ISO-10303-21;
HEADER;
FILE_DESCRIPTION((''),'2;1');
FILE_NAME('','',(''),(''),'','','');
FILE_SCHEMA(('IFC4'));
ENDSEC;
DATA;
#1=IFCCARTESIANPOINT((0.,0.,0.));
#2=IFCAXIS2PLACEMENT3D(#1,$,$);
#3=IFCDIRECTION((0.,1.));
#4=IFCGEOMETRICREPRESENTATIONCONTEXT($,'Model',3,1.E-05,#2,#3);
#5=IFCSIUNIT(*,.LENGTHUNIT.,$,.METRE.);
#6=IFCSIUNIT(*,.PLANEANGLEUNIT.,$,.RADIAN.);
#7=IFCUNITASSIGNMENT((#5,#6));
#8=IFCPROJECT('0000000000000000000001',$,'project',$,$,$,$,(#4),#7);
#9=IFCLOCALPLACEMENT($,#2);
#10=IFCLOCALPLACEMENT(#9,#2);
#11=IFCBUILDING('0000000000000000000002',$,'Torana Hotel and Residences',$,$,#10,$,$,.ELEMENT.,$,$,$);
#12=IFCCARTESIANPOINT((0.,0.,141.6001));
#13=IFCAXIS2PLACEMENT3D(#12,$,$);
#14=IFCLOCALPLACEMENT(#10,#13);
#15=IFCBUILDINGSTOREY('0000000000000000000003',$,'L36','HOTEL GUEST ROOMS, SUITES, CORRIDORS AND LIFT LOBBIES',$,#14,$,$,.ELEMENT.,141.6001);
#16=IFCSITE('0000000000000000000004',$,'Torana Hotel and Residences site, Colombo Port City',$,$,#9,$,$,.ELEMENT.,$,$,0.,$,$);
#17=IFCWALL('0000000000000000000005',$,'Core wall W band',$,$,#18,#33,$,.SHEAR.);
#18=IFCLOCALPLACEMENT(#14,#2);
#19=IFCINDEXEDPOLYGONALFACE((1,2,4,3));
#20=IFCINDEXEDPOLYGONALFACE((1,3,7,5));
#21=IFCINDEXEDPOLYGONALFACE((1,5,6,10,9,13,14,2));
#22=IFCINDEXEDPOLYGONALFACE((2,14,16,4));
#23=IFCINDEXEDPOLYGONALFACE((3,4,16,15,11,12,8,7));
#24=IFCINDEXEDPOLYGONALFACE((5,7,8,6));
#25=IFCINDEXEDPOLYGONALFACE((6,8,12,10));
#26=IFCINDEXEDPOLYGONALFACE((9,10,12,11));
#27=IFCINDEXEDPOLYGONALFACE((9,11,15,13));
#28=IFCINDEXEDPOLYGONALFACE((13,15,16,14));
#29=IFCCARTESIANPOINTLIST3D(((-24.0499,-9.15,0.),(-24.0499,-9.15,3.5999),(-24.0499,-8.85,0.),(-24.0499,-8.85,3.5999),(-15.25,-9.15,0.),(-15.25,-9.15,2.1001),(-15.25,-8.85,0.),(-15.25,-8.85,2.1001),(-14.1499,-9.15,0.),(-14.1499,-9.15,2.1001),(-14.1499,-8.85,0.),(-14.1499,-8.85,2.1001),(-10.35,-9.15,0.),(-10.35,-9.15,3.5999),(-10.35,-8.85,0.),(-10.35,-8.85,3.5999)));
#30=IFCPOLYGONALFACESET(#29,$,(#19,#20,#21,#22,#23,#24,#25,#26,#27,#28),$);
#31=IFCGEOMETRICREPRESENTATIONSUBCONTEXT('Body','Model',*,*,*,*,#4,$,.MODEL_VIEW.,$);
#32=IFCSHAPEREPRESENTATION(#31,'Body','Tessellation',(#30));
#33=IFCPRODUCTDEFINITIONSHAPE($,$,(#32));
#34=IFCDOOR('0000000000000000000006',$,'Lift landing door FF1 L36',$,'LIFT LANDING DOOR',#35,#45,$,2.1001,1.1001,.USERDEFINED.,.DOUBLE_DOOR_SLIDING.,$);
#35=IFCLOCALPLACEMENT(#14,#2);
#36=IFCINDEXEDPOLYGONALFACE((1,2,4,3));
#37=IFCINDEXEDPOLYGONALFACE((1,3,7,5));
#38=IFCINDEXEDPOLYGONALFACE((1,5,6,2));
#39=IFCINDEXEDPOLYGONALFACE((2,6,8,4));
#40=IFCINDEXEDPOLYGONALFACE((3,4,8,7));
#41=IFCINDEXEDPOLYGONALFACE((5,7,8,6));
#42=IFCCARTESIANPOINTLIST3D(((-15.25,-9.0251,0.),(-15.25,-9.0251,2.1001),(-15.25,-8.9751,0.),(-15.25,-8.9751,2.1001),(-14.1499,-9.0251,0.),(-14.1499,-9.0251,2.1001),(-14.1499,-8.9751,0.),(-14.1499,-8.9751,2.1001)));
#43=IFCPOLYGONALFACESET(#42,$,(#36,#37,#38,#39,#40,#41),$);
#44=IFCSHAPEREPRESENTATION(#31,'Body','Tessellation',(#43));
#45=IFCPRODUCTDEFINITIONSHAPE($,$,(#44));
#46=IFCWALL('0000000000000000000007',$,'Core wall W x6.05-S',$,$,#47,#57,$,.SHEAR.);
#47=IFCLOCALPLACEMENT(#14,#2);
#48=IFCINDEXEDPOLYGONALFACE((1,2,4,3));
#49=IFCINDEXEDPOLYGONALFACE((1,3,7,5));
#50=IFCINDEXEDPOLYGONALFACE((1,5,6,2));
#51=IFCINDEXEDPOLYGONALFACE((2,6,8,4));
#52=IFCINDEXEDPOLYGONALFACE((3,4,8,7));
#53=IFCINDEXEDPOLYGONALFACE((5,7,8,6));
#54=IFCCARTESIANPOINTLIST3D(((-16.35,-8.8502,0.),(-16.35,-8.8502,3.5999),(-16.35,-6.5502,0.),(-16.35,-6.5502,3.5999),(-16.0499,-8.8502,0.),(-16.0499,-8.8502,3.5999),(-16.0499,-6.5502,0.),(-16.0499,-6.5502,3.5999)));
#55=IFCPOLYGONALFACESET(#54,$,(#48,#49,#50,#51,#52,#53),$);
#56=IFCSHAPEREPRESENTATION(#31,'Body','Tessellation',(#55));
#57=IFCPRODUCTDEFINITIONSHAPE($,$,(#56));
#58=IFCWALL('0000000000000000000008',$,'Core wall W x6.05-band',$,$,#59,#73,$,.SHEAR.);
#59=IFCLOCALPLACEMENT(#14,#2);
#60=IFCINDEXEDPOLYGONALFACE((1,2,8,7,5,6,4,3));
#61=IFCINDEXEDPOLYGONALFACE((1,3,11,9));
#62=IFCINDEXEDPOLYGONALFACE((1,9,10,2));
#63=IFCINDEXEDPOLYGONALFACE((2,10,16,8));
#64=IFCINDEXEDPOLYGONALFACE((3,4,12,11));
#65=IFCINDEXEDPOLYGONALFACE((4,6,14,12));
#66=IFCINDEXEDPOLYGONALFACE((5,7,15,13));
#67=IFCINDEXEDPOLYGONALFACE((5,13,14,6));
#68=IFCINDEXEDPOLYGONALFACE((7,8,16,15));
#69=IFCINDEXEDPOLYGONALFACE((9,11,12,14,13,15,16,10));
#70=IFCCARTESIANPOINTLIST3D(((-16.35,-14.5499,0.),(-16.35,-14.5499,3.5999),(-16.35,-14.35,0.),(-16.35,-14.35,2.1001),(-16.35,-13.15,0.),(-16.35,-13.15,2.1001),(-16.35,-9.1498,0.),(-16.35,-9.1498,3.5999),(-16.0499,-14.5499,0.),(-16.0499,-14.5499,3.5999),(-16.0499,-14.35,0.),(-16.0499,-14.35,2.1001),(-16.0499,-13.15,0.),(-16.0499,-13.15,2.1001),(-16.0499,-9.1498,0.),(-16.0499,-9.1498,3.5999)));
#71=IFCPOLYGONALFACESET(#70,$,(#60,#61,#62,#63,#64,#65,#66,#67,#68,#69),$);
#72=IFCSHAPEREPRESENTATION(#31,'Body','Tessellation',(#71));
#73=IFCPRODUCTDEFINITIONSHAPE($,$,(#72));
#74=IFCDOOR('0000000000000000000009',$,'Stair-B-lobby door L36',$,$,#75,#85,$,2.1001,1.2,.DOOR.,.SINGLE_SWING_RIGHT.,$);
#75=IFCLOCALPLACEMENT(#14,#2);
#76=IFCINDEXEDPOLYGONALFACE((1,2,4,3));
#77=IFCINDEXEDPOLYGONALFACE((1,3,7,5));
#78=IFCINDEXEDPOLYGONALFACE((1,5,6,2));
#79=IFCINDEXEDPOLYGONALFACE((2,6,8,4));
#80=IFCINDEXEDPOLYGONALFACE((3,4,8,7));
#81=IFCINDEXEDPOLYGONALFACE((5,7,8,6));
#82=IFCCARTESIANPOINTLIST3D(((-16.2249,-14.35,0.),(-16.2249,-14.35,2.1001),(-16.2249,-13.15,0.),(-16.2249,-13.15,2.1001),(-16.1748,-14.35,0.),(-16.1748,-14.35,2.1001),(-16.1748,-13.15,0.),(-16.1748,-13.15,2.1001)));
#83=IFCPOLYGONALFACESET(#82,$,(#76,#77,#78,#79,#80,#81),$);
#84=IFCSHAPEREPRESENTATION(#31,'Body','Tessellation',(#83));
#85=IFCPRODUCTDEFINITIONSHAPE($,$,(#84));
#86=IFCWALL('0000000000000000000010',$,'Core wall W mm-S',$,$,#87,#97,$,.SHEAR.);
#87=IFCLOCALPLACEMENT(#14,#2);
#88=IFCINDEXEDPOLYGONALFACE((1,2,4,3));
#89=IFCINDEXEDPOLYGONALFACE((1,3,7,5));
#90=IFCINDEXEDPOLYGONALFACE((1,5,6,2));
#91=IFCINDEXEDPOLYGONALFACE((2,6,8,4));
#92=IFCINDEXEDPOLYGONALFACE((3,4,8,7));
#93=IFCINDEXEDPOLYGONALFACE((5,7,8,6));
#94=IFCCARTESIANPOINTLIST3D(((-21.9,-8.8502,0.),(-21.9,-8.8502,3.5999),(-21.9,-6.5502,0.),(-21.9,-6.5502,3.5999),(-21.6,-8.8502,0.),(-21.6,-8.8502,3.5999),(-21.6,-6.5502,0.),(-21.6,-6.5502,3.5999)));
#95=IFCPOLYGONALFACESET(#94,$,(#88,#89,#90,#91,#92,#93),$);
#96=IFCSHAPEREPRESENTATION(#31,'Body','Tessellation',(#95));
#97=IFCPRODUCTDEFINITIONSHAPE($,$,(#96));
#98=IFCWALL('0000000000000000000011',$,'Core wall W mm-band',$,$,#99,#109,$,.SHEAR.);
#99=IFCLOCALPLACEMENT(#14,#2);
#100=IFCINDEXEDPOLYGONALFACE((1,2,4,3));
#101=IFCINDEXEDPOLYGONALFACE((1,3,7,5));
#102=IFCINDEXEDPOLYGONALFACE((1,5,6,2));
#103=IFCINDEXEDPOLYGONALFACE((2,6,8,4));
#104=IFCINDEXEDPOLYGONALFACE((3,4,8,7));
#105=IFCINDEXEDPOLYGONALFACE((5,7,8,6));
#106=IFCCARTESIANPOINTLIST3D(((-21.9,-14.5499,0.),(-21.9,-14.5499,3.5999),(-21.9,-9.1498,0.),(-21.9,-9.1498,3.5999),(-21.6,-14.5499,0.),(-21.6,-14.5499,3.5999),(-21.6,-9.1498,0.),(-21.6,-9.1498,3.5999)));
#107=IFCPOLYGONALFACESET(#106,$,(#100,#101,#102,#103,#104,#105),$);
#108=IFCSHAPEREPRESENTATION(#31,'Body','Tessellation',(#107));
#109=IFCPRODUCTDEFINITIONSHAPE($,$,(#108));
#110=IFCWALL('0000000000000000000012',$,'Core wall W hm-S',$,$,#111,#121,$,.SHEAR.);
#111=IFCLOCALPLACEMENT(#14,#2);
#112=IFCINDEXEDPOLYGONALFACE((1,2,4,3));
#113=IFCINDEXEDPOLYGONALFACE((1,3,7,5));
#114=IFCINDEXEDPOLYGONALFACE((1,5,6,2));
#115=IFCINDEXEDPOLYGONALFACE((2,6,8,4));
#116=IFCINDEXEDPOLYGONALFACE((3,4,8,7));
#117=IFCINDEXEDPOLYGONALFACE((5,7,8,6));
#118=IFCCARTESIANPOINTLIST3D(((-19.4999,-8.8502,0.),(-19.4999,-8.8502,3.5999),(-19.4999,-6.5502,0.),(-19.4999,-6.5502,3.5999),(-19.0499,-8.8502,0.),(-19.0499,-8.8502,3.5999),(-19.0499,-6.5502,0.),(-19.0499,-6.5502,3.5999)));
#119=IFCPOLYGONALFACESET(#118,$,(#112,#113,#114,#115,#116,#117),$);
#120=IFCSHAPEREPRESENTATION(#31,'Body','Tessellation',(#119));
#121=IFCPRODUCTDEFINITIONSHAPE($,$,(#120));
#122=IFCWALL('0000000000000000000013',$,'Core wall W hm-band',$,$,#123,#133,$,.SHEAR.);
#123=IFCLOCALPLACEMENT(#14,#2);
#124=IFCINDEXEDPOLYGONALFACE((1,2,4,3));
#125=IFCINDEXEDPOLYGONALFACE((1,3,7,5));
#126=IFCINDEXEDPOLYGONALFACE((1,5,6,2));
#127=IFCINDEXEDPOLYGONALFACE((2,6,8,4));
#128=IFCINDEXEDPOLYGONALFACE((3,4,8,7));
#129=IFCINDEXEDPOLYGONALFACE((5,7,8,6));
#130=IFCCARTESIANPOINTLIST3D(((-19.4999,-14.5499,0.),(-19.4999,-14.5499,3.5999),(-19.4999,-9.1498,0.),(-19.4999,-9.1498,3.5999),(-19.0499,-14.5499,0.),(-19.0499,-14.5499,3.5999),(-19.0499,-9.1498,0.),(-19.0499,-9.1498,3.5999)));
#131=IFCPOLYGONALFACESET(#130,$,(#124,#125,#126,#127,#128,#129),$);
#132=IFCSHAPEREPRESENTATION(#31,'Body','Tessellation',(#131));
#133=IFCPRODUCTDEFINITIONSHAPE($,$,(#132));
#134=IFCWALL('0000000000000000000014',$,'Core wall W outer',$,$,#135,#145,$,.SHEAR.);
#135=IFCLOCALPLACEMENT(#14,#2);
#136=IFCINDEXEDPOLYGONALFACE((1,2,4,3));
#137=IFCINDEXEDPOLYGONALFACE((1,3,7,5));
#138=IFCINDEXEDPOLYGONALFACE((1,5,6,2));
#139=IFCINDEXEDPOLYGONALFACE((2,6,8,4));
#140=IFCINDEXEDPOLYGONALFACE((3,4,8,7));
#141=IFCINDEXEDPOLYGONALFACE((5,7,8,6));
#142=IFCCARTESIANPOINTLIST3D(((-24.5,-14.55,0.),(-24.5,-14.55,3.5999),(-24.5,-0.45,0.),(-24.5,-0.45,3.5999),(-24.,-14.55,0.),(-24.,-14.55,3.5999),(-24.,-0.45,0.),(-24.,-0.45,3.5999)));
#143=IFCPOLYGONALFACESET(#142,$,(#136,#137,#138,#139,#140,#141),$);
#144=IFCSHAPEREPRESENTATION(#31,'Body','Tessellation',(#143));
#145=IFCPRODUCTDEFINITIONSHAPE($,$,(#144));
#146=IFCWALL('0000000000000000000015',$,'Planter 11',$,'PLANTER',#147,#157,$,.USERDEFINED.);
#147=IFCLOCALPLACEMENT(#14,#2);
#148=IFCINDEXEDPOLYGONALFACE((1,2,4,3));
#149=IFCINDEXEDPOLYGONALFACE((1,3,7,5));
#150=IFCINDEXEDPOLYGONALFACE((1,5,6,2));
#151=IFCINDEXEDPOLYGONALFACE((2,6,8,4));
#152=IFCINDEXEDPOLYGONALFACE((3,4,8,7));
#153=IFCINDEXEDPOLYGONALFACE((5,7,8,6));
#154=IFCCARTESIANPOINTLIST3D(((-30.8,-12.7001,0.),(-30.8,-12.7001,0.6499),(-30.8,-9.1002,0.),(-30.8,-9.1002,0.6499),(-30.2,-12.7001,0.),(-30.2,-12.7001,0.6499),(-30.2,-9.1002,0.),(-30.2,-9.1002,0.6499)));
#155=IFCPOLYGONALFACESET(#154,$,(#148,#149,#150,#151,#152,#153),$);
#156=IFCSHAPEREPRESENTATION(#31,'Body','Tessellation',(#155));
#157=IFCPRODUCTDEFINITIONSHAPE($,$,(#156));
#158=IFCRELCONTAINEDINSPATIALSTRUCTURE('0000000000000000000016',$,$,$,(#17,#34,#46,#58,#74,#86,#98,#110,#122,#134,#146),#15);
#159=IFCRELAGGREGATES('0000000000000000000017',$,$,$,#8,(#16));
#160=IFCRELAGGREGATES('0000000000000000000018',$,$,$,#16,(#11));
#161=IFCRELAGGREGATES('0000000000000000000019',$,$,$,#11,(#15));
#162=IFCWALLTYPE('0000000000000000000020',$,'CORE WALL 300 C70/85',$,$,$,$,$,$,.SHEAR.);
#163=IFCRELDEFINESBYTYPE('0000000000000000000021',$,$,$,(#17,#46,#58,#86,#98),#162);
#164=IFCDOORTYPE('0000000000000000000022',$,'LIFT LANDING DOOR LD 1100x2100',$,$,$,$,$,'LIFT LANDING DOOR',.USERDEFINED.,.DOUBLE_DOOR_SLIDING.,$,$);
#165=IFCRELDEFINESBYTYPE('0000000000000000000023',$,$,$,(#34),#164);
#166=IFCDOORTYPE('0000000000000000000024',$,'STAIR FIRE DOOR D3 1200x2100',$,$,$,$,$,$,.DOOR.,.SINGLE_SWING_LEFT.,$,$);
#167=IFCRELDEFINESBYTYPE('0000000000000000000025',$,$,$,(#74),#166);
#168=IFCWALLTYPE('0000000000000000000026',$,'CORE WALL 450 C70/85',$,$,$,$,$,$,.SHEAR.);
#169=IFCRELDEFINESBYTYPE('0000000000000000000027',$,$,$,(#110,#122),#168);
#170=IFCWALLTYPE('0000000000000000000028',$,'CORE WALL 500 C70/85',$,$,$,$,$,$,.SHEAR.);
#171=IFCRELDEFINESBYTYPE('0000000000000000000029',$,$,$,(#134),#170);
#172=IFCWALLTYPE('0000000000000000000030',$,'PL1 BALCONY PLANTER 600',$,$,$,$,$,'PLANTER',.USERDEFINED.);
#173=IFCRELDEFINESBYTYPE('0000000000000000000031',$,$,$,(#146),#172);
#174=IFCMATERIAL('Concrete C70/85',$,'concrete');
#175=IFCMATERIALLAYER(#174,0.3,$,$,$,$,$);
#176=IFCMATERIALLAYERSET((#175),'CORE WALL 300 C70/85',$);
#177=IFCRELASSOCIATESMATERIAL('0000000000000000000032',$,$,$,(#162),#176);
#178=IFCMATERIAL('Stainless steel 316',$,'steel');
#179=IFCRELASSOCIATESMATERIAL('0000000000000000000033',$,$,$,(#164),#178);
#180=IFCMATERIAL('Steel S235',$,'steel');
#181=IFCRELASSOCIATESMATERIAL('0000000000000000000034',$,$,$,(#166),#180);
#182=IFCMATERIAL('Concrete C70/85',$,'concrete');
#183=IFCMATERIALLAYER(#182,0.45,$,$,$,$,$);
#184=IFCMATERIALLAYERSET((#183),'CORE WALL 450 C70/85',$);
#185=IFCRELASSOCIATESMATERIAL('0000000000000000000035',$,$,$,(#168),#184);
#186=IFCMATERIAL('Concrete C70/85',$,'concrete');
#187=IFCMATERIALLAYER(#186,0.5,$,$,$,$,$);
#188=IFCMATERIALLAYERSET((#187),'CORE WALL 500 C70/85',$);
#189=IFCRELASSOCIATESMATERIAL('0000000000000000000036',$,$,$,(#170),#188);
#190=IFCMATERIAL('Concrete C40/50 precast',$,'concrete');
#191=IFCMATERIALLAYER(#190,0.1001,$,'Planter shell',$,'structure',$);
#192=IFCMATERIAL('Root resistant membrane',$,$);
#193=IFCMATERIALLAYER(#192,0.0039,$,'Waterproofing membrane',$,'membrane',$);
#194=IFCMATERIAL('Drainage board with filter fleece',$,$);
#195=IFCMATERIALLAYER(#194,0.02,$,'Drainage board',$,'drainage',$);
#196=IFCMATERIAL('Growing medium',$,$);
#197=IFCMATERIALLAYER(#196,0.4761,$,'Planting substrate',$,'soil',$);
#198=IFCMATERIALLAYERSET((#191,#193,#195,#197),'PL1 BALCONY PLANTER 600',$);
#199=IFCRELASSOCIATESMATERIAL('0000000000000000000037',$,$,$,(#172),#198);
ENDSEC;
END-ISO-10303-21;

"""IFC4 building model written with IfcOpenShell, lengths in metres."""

from ifc_helpers import new_model, si_unit, direction, frame, frame_2d, origin, place, context, subcontext, project, spatial, rectangle, extrude, material, layer, layer_set, type_object, element, fill, save


model = new_model("IFC4")

# Units and contexts
model_context = context("Model", 3, precision=1e-05, world=origin(), true_north=direction((0.0, 1.0)))
body_context = subcontext(model_context, "Body", "Model", "MODEL_VIEW")
ifc_project = project(units=[si_unit("LENGTHUNIT", "METRE"), si_unit("PLANEANGLEUNIT", "RADIAN")], contexts=[model_context])

# Site, building, storey
site_placement = place(None, origin())
site = spatial("IfcSite", under=ifc_project, at=site_placement, Name="Torana Hotel and Residences site, Colombo Port City", CompositionType="ELEMENT", RefElevation=0.0)
building_placement = place(site_placement, origin())
building = spatial("IfcBuilding", under=site, at=building_placement, Name="Torana Hotel and Residences", CompositionType="ELEMENT")
storey_placement = place(building_placement, frame((0.0, 0.0, 141.6001)))
storey = spatial("IfcBuildingStorey", under=building, at=storey_placement, Name="L36", Description="HOTEL GUEST ROOMS, SUITES, CORRIDORS AND LIFT LOBBIES", CompositionType="ELEMENT", Elevation=141.6001)

# Wall, opening, door
ifc_material_1 = material(Name="Concrete C70/85", Category="concrete")
ifc_layer_1 = layer(ifc_material_1, 0.3)
ifc_layer_set_1 = layer_set([ifc_layer_1], Name="CORE WALL 300 C70/85")
wall_type_1 = type_object("IfcWallType", Name="CORE WALL 300 C70/85", PredefinedType="SHEAR", material=ifc_layer_set_1)
wall_1_placement = place(storey_placement, frame((-24.05, -9.0, 0.0), z_axis=(0.0, 0.0, 1.0), x_axis=(1.0, 0.0, 0.0)))
wall_1 = element("IfcWall", 1, at=wall_1_placement, inside=storey, type_object=wall_type_1, Name="Core wall W band", PredefinedType="SHEAR", context=body_context, shape_type="SweptSolid", body=[
    extrude(rectangle(XDim=13.7, YDim=0.3, at=frame_2d((6.8501, 0.0))), origin(), (0.0, 0.0, 1.0), 3.5999),
])
opening_1_placement = place(wall_1_placement, frame((8.8, 0.0, 0.0)))
opening_1 = element("IfcOpeningElement", 2, at=opening_1_placement, cuts=wall_1, PredefinedType="OPENING", context=body_context, shape_type="SweptSolid", body=[
    extrude(rectangle(XDim=1.1001, YDim=2.1001, at=frame_2d((0.55, 1.05))), frame((0.0, 0.1599, 0.0), z_axis=(0.0, -1.0, 0.0), x_axis=(1.0, 0.0, 0.0)), (0.0, 0.0, 1.0), 0.3201),
])
ifc_material_2 = material(Name="Stainless steel 316", Category="steel")
door_type_1 = type_object("IfcDoorType", Name="LIFT LANDING DOOR LD 1100x2100", ElementType="LIFT LANDING DOOR", OperationType="DOUBLE_DOOR_SLIDING", PredefinedType="USERDEFINED", material=ifc_material_2)
door_1_placement = place(opening_1_placement, origin())
door_1 = element("IfcDoor", 3, at=door_1_placement, inside=storey, type_object=door_type_1, Name="Lift landing door FF1 L36", ObjectType="LIFT LANDING DOOR", OperationType="DOUBLE_DOOR_SLIDING", OverallHeight=2.1001, OverallWidth=1.1001, PredefinedType="USERDEFINED", context=body_context, shape_type="SweptSolid", body=[
    extrude(rectangle(XDim=1.1001, YDim=2.1001, at=frame_2d((0.55, 1.05))), frame((0.0, 0.0249, 0.0), z_axis=(0.0, -1.0, 0.0), x_axis=(1.0, 0.0, 0.0)), (0.0, 0.0, 1.0), 0.05),
])
fill(opening_1, door_1)

# Wall
wall_2_placement = place(storey_placement, frame((-16.2, -8.8501, 0.0), z_axis=(0.0, 0.0, 1.0), x_axis=(0.0, 1.0, 0.0)))
element("IfcWall", 4, at=wall_2_placement, inside=storey, type_object=wall_type_1, Name="Core wall W x6.05-S", PredefinedType="SHEAR", context=body_context, shape_type="SweptSolid", body=[
    extrude(rectangle(XDim=2.3, YDim=0.3, at=frame_2d((1.1499, 0.0))), origin(), (0.0, 0.0, 1.0), 3.5999),
])

# Wall, opening, door
wall_3_placement = place(storey_placement, frame((-16.2, -14.55, 0.0), z_axis=(0.0, 0.0, 1.0), x_axis=(0.0, 1.0, 0.0)))
wall_3 = element("IfcWall", 5, at=wall_3_placement, inside=storey, type_object=wall_type_1, Name="Core wall W x6.05-band", PredefinedType="SHEAR", context=body_context, shape_type="SweptSolid", body=[
    extrude(rectangle(XDim=5.4001, YDim=0.3, at=frame_2d((2.7002, 0.0))), origin(), (0.0, 0.0, 1.0), 3.5999),
])
opening_2_placement = place(wall_3_placement, frame((0.2, 0.0, 0.0)))
opening_2 = element("IfcOpeningElement", 6, at=opening_2_placement, cuts=wall_3, PredefinedType="OPENING", context=body_context, shape_type="SweptSolid", body=[
    extrude(rectangle(XDim=1.2, YDim=2.1001, at=frame_2d((0.6001, 1.05))), frame((0.0, 0.1599, 0.0), z_axis=(0.0, -1.0, 0.0), x_axis=(1.0, 0.0, 0.0)), (0.0, 0.0, 1.0), 0.3201),
])
ifc_material_3 = material(Name="Steel S235", Category="steel")
door_type_2 = type_object("IfcDoorType", Name="STAIR FIRE DOOR D3 1200x2100", OperationType="SINGLE_SWING_LEFT", PredefinedType="DOOR", material=ifc_material_3)
door_2_placement = place(opening_2_placement, origin())
door_2 = element("IfcDoor", 7, at=door_2_placement, inside=storey, type_object=door_type_2, Name="Stair-B-lobby door L36", OperationType="SINGLE_SWING_RIGHT", OverallHeight=2.1001, OverallWidth=1.2, PredefinedType="DOOR", context=body_context, shape_type="SweptSolid", body=[
    extrude(rectangle(XDim=1.2, YDim=2.1001, at=frame_2d((0.6001, 1.05))), frame((0.0, 0.0249, 0.0), z_axis=(0.0, -1.0, 0.0), x_axis=(1.0, 0.0, 0.0)), (0.0, 0.0, 1.0), 0.05),
])
fill(opening_2, door_2)

# Walls
wall_4_placement = place(storey_placement, frame((-21.75, -8.8501, 0.0), z_axis=(0.0, 0.0, 1.0), x_axis=(0.0, 1.0, 0.0)))
element("IfcWall", 8, at=wall_4_placement, inside=storey, type_object=wall_type_1, Name="Core wall W mm-S", PredefinedType="SHEAR", context=body_context, shape_type="SweptSolid", body=[
    extrude(rectangle(XDim=2.3, YDim=0.3, at=frame_2d((1.1499, 0.0))), origin(), (0.0, 0.0, 1.0), 3.5999),
])
wall_5_placement = place(storey_placement, frame((-21.75, -14.55, 0.0), z_axis=(0.0, 0.0, 1.0), x_axis=(0.0, 1.0, 0.0)))
element("IfcWall", 9, at=wall_5_placement, inside=storey, type_object=wall_type_1, Name="Core wall W mm-band", PredefinedType="SHEAR", context=body_context, shape_type="SweptSolid", body=[
    extrude(rectangle(XDim=5.4001, YDim=0.3, at=frame_2d((2.7002, 0.0))), origin(), (0.0, 0.0, 1.0), 3.5999),
])
ifc_material_4 = material(Name="Concrete C70/85", Category="concrete")
ifc_layer_2 = layer(ifc_material_4, 0.45)
ifc_layer_set_2 = layer_set([ifc_layer_2], Name="CORE WALL 450 C70/85")
wall_type_2 = type_object("IfcWallType", Name="CORE WALL 450 C70/85", PredefinedType="SHEAR", material=ifc_layer_set_2)
wall_6_placement = place(storey_placement, frame((-19.2749, -8.8501, 0.0), z_axis=(0.0, 0.0, 1.0), x_axis=(0.0, 1.0, 0.0)))
element("IfcWall", 10, at=wall_6_placement, inside=storey, type_object=wall_type_2, Name="Core wall W hm-S", PredefinedType="SHEAR", context=body_context, shape_type="SweptSolid", body=[
    extrude(rectangle(XDim=2.3, YDim=0.45, at=frame_2d((1.1499, 0.0))), origin(), (0.0, 0.0, 1.0), 3.5999),
])
wall_7_placement = place(storey_placement, frame((-19.2749, -14.55, 0.0), z_axis=(0.0, 0.0, 1.0), x_axis=(0.0, 1.0, 0.0)))
element("IfcWall", 11, at=wall_7_placement, inside=storey, type_object=wall_type_2, Name="Core wall W hm-band", PredefinedType="SHEAR", context=body_context, shape_type="SweptSolid", body=[
    extrude(rectangle(XDim=5.4001, YDim=0.45, at=frame_2d((2.7002, 0.0))), origin(), (0.0, 0.0, 1.0), 3.5999),
])
ifc_material_5 = material(Name="Concrete C70/85", Category="concrete")
ifc_layer_3 = layer(ifc_material_5, 0.5)
ifc_layer_set_3 = layer_set([ifc_layer_3], Name="CORE WALL 500 C70/85")
wall_type_3 = type_object("IfcWallType", Name="CORE WALL 500 C70/85", PredefinedType="SHEAR", material=ifc_layer_set_3)
wall_8_placement = place(storey_placement, frame((-24.25, -14.55, 0.0), z_axis=(0.0, 0.0, 1.0), x_axis=(0.0, 1.0, 0.0)))
element("IfcWall", 12, at=wall_8_placement, inside=storey, type_object=wall_type_3, Name="Core wall W outer", PredefinedType="SHEAR", context=body_context, shape_type="SweptSolid", body=[
    extrude(rectangle(XDim=14.1001, YDim=0.5, at=frame_2d((7.05, 0.0))), origin(), (0.0, 0.0, 1.0), 3.5999),
])
ifc_material_6 = material(Name="Concrete C40/50 precast", Category="concrete")
ifc_layer_4 = layer(ifc_material_6, 0.1001, Name="Planter shell", Category="structure")
ifc_material_7 = material(Name="Root resistant membrane")
ifc_layer_5 = layer(ifc_material_7, 0.0039, Name="Waterproofing membrane", Category="membrane")
ifc_material_8 = material(Name="Drainage board with filter fleece")
ifc_layer_6 = layer(ifc_material_8, 0.02, Name="Drainage board", Category="drainage")
ifc_material_9 = material(Name="Growing medium")
ifc_layer_7 = layer(ifc_material_9, 0.4761, Name="Planting substrate", Category="soil")
ifc_layer_set_4 = layer_set([ifc_layer_4, ifc_layer_5, ifc_layer_6, ifc_layer_7], Name="PL1 BALCONY PLANTER 600")
wall_type_4 = type_object("IfcWallType", Name="PL1 BALCONY PLANTER 600", ElementType="PLANTER", PredefinedType="USERDEFINED", material=ifc_layer_set_4)
wall_9_placement = place(storey_placement, frame((-30.5, -12.7, 0.0), z_axis=(0.0, 0.0, 1.0), x_axis=(0.0, 1.0, 0.0)))
element("IfcWall", 13, at=wall_9_placement, inside=storey, type_object=wall_type_4, Name="Planter 11", ObjectType="PLANTER", PredefinedType="USERDEFINED", context=body_context, shape_type="SweptSolid", body=[
    extrude(rectangle(XDim=3.5999, YDim=0.6001, at=frame_2d((1.7998, 0.0))), origin(), (0.0, 0.0, 1.0), 0.6499),
])

save(model, "model.ifc")
